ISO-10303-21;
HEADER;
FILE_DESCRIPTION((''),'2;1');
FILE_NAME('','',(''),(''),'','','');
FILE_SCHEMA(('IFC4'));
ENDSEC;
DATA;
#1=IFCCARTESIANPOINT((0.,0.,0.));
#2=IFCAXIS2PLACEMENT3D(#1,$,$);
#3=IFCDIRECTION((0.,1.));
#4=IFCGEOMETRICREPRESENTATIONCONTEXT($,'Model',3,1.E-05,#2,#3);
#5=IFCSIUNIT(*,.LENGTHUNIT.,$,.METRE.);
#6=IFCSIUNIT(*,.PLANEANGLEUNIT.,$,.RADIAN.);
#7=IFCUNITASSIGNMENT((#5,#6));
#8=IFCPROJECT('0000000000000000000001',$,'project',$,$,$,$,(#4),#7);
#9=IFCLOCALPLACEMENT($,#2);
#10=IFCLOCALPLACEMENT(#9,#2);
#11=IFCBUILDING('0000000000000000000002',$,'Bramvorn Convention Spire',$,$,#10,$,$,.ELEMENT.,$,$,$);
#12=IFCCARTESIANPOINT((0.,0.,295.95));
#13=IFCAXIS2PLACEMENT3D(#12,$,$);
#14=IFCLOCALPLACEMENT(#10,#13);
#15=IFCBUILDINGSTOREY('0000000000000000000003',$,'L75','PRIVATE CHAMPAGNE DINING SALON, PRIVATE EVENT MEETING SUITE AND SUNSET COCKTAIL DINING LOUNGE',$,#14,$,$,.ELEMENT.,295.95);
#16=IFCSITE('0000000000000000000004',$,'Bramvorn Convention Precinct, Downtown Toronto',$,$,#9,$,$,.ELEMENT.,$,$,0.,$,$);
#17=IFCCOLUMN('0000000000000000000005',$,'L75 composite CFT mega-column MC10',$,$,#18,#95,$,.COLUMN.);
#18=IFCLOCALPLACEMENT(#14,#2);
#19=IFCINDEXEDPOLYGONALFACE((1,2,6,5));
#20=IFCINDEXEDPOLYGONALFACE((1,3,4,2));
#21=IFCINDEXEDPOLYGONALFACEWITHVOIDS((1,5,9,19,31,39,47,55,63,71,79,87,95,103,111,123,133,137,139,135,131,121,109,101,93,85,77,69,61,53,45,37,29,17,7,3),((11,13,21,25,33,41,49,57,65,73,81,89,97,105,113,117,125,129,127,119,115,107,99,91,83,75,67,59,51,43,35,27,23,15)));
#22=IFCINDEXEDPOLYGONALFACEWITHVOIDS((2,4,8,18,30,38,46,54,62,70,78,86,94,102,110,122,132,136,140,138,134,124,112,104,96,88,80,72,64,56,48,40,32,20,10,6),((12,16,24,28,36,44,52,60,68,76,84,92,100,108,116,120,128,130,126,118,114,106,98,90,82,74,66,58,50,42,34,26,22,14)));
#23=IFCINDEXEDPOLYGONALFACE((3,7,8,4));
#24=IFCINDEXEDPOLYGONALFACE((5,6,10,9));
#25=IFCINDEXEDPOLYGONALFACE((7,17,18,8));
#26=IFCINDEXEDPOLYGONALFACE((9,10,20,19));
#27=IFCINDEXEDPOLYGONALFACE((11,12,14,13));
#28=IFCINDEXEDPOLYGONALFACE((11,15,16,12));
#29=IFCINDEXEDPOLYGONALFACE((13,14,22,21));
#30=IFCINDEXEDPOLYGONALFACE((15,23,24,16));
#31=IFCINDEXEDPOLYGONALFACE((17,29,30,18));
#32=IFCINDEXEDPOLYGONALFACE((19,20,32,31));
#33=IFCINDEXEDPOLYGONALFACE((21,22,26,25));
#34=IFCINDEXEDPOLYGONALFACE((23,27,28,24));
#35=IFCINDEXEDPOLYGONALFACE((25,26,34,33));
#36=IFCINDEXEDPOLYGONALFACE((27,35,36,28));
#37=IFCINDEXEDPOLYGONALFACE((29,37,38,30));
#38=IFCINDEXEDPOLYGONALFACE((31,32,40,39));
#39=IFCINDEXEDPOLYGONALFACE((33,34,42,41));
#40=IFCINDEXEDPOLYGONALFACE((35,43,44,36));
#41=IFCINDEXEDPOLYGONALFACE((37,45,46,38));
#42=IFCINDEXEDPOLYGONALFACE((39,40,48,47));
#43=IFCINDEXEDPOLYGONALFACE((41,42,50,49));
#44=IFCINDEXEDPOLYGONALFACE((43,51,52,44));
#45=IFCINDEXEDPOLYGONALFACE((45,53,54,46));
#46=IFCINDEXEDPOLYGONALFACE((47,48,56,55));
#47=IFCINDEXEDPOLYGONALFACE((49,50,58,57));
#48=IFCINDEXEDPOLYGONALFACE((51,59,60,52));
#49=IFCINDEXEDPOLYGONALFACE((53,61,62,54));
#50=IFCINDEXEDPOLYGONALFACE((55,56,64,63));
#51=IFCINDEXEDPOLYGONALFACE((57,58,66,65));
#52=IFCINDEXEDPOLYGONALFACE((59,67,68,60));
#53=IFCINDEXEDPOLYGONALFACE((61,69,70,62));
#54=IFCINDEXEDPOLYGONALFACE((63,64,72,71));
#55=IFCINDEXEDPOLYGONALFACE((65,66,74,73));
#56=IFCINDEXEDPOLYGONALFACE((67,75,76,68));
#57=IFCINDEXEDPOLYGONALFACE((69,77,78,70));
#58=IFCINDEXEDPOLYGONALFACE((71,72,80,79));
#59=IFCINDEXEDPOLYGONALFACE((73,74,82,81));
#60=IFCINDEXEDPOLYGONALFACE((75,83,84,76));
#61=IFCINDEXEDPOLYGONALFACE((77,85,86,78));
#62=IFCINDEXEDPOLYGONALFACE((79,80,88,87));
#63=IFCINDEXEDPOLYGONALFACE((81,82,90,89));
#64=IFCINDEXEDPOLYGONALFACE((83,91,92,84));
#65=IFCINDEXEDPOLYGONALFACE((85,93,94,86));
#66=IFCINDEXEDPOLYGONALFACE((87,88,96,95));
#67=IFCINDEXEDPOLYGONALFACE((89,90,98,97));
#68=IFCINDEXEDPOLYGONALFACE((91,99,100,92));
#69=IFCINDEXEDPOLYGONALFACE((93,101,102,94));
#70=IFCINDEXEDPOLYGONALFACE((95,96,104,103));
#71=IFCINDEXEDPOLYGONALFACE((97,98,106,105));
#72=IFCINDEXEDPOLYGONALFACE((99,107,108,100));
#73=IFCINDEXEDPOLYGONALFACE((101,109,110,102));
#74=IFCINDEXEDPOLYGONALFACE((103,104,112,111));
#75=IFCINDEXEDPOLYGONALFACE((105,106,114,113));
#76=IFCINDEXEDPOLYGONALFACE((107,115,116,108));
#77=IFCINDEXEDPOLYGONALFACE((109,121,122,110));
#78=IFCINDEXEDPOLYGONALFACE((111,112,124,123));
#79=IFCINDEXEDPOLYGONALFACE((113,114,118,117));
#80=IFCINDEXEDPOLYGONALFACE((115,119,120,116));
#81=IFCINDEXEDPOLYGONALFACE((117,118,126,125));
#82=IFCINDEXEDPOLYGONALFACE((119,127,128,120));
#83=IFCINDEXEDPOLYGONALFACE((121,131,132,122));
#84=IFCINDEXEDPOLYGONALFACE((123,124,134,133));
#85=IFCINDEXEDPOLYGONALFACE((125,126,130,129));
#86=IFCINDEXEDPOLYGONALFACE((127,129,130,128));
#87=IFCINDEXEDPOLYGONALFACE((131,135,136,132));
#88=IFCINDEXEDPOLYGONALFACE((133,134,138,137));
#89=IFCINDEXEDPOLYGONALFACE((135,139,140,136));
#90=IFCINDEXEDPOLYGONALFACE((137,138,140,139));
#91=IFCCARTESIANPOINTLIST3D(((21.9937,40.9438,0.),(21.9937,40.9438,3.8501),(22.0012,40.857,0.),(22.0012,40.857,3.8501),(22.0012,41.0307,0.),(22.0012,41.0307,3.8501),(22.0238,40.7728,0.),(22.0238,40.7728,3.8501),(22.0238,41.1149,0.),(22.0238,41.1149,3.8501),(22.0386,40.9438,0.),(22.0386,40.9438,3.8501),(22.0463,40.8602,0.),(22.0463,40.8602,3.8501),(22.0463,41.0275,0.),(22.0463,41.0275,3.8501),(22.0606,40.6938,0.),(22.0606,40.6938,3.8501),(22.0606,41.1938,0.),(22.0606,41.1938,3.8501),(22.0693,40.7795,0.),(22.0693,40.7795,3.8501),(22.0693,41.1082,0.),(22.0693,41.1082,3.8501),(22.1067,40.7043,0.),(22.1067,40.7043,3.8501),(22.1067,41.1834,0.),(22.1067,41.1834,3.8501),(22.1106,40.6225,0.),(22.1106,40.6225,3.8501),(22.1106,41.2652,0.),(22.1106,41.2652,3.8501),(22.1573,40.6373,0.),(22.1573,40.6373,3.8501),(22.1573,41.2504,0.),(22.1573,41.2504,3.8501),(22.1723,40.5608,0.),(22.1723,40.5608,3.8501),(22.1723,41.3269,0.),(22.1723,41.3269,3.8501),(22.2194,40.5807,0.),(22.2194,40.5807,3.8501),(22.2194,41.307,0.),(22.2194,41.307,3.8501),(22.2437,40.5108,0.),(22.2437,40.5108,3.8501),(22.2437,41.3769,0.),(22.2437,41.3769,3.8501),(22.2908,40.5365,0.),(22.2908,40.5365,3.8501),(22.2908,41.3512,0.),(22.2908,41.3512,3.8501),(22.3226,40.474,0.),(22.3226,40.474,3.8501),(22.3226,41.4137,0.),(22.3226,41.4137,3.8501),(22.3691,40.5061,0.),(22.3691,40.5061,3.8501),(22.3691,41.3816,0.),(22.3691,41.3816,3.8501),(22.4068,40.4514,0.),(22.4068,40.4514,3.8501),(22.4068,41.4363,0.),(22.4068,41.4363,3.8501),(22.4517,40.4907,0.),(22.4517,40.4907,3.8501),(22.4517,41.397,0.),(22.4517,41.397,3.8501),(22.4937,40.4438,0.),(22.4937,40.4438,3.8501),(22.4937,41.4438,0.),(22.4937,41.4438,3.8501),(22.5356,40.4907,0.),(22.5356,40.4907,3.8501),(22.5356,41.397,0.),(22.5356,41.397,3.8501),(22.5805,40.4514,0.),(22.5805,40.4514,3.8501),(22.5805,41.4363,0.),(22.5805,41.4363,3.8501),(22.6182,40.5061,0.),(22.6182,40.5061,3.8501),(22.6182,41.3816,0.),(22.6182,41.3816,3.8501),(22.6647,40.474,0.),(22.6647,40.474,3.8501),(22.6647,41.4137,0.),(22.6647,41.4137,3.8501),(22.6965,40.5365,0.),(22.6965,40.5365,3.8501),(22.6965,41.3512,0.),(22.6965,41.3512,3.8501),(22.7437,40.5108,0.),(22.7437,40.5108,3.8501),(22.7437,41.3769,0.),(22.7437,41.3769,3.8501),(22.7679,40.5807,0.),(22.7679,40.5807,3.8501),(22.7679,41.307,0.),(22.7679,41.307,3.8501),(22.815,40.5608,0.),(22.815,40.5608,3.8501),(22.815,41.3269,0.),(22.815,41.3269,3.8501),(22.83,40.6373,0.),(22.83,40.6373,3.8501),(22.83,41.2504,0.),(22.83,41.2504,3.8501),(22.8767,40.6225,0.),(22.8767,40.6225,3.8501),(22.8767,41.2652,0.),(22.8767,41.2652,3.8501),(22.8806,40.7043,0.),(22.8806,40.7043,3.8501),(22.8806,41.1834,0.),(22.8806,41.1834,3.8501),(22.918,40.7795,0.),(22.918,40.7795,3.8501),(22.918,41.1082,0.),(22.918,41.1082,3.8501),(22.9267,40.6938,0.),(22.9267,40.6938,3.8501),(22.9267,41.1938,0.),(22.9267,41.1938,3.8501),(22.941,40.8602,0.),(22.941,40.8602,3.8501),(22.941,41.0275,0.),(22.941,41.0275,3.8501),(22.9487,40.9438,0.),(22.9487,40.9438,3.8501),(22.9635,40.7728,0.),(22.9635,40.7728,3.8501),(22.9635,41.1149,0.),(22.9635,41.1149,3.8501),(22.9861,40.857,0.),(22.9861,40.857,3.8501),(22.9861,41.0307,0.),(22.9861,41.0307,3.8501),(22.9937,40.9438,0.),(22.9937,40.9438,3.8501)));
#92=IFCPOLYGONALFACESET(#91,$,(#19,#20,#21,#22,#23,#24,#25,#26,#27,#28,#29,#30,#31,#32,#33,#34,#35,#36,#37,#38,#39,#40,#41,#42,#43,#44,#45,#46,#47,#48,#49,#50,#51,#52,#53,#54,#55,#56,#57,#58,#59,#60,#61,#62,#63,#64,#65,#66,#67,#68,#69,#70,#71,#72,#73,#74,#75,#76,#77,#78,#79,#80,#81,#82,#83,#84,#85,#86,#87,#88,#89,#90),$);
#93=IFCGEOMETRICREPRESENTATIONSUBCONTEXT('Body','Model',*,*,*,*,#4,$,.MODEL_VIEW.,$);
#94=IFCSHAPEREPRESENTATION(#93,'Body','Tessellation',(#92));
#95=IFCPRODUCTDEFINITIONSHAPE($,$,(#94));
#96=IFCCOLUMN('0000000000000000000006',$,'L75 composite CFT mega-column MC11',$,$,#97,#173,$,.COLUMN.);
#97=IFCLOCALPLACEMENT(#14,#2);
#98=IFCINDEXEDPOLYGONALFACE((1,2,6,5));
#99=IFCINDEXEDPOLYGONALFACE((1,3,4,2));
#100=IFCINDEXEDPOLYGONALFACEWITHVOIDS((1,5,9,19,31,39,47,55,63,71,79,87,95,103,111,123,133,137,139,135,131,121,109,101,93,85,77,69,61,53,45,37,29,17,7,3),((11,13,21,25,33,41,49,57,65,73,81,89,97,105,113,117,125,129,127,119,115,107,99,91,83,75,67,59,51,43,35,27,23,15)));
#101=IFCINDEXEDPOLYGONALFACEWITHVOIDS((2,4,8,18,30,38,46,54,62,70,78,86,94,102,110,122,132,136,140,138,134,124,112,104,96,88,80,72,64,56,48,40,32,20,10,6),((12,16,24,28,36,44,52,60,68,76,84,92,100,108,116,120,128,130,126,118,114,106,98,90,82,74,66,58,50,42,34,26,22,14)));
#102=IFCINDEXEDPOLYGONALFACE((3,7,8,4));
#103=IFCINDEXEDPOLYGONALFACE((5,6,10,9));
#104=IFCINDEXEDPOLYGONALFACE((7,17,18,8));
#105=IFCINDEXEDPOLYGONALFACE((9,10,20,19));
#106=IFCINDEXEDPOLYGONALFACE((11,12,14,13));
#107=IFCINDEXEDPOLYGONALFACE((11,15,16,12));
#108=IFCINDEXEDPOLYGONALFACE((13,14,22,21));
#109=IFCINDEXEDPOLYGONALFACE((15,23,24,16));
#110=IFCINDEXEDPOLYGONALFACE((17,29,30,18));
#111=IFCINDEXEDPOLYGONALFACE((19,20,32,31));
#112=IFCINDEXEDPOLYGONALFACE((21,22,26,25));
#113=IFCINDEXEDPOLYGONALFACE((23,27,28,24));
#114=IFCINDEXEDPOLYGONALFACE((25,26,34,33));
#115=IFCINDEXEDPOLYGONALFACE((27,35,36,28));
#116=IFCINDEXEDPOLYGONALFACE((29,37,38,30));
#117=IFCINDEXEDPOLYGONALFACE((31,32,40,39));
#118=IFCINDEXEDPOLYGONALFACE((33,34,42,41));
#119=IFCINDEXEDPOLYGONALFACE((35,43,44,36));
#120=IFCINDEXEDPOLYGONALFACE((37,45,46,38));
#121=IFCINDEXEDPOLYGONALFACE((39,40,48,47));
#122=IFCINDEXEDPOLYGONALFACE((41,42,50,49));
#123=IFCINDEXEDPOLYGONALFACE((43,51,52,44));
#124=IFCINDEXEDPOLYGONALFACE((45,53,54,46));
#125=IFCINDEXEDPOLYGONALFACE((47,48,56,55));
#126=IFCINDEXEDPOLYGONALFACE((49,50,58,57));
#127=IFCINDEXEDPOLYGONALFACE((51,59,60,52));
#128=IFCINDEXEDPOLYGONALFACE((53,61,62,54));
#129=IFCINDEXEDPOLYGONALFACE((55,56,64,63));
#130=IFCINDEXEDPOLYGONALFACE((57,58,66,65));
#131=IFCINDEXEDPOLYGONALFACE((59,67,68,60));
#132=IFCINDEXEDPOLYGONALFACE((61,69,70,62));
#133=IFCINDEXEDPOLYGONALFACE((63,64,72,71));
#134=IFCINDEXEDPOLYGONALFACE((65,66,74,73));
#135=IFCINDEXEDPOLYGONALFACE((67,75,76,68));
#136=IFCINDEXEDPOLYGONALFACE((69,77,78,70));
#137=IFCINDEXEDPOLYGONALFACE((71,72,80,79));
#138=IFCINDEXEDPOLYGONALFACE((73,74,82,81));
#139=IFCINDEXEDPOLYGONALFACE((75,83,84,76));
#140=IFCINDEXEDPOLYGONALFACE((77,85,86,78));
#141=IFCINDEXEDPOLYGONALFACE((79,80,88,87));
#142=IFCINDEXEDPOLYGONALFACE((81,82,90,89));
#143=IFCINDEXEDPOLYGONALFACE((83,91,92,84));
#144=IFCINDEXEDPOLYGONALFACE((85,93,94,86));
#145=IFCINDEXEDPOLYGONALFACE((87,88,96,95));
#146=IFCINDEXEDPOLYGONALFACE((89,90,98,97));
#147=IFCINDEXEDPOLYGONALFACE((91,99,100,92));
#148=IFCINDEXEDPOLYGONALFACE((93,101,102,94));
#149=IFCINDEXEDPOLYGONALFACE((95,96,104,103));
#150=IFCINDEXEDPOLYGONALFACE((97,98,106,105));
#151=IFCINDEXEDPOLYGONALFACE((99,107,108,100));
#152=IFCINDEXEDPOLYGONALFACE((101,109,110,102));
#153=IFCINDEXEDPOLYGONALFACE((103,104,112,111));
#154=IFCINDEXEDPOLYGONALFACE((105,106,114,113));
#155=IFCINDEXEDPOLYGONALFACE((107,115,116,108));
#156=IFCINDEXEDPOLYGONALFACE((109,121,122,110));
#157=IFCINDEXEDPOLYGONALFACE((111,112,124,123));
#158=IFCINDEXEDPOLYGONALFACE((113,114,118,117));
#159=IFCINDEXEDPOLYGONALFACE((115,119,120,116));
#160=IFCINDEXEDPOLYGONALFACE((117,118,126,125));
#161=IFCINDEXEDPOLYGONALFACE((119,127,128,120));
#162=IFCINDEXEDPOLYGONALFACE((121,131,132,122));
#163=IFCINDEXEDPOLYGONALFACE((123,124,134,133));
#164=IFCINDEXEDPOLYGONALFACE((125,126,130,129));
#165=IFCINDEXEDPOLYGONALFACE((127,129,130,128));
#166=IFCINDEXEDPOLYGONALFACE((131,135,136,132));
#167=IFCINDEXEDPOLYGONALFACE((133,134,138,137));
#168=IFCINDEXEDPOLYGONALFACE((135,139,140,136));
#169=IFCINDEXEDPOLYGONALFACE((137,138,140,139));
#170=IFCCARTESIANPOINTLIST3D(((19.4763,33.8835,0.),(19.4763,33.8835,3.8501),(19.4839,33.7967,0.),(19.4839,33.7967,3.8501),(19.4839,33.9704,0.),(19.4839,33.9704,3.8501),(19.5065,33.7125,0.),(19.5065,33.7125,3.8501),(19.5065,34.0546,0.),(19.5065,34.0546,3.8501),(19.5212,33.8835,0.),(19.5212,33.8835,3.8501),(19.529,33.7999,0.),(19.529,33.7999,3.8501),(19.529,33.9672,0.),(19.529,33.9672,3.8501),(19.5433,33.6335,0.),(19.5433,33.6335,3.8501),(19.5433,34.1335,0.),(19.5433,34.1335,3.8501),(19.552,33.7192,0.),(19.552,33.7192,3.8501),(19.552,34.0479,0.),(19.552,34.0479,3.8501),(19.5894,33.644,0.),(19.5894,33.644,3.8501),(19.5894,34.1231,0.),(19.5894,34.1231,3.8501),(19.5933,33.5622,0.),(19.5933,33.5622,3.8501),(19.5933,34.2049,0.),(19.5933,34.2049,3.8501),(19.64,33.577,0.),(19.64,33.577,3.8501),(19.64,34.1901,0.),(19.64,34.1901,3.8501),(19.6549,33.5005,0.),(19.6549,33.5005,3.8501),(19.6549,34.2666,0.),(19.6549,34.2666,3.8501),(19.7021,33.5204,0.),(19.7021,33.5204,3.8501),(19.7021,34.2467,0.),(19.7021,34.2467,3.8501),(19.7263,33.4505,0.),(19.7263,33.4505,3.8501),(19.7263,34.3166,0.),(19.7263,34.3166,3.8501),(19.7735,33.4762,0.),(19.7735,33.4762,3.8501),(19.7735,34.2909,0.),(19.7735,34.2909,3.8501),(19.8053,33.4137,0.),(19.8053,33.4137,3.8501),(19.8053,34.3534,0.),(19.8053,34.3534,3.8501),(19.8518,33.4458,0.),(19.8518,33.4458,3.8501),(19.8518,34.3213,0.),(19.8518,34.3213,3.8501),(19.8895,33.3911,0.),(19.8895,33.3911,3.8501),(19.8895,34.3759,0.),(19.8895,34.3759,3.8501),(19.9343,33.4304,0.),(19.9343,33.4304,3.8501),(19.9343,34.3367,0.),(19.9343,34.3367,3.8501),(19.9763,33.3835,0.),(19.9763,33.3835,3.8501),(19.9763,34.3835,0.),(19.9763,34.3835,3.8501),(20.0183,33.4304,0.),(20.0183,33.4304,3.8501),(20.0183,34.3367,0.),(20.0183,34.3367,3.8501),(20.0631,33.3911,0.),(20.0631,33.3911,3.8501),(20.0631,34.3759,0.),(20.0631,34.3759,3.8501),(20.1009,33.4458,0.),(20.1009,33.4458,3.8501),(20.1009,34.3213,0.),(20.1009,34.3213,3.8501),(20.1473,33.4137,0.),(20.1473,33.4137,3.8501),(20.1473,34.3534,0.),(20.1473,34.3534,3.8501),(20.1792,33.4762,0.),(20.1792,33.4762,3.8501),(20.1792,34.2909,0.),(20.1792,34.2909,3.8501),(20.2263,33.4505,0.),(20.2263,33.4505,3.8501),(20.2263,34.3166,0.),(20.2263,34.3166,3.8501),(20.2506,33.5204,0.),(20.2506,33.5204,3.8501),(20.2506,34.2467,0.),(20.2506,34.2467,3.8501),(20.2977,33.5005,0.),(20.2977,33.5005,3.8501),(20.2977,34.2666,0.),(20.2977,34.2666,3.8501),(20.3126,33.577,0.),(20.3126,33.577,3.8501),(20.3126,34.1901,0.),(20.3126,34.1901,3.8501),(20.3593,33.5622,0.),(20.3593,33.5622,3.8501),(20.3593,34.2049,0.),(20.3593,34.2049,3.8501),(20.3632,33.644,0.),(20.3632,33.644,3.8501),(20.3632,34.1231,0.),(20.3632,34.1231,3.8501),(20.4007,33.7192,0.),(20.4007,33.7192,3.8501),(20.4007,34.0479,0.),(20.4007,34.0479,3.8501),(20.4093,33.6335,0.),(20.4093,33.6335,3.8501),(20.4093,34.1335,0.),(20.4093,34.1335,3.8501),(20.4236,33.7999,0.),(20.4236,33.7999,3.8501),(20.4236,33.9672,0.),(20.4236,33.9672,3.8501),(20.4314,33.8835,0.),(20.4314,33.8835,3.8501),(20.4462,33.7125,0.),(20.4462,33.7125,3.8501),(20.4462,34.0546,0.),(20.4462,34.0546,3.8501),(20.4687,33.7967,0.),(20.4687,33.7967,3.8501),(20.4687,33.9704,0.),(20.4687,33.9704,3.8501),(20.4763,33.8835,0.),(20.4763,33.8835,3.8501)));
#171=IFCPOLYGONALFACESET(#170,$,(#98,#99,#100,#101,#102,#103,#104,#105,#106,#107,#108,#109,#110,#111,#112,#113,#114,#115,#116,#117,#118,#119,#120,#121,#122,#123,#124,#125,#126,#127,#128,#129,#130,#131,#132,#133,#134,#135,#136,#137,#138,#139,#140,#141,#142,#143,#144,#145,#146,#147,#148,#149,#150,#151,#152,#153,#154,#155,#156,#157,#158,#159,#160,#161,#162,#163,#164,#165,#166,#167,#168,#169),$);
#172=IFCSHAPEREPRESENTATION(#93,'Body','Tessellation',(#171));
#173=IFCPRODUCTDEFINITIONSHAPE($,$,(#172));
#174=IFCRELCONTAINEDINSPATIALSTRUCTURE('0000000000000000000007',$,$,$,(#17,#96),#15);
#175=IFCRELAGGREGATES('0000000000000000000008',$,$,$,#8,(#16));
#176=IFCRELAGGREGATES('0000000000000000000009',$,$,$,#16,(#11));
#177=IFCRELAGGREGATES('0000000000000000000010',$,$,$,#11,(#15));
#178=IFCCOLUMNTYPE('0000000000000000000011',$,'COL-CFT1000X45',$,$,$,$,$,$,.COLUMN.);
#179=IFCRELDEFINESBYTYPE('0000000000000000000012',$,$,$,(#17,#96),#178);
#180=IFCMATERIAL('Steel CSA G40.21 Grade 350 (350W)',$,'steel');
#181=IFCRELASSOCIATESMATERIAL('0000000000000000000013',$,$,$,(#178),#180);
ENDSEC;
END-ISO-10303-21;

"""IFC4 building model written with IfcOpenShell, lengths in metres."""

from ifc_helpers import new_model, si_unit, direction, frame, origin, origin_2d, place, context, subcontext, project, spatial, hollow_circle, extrude, material, material_profile, profile_set, type_object, element, save


model = new_model("IFC4")

# Units and contexts
model_context = context("Model", 3, precision=1e-05, world=origin(), true_north=direction((0.0, 1.0)))
body_context = subcontext(model_context, "Body", "Model", "MODEL_VIEW")
ifc_project = project(units=[si_unit("LENGTHUNIT", "METRE"), si_unit("PLANEANGLEUNIT", "RADIAN")], contexts=[model_context])

# Site, building, storey
site_placement = place(None, origin())
site = spatial("IfcSite", under=ifc_project, at=site_placement, Name="Bramvorn Convention Precinct, Downtown Toronto", CompositionType="ELEMENT", RefElevation=0.0)
building_placement = place(site_placement, origin())
building = spatial("IfcBuilding", under=site, at=building_placement, Name="Bramvorn Convention Spire", CompositionType="ELEMENT")
storey_placement = place(building_placement, frame((0.0, 0.0, 295.95)))
storey = spatial("IfcBuildingStorey", under=building, at=storey_placement, Name="L75", Description="PRIVATE CHAMPAGNE DINING SALON, PRIVATE EVENT MEETING SUITE AND SUNSET COCKTAIL DINING LOUNGE", CompositionType="ELEMENT", Elevation=295.95)

# Columns
ifc_material_1 = material(Name="Steel CSA G40.21 Grade 350 (350W)", Category="steel")
ifc_material_profile_1 = material_profile(ifc_material_1, hollow_circle(Radius=0.5, WallThickness=0.0449, at=origin_2d()))
ifc_profile_set_1 = profile_set([ifc_material_profile_1], Name="Steel CSA G40.21 Grade 350 (350W) - CFT1000X45")
column_type = type_object("IfcColumnType", Name="COL-CFT1000X45", PredefinedType="COLUMN", material=ifc_profile_set_1)
for number, where, z_axis, x_axis, name in (
    (1, (22.4937, 40.9438, 0.0), (0.0, 0.0, 1.0), (1.0, 0.0, 0.0), "L75 composite CFT mega-column MC10"),
    (2, (19.9763, 33.8835, 0.0), (0.0, 0.0, 1.0), (1.0, 0.0, 0.0), "L75 composite CFT mega-column MC11"),
):
    element("IfcColumn", number, at=place(storey_placement, frame(where, z_axis=z_axis, x_axis=x_axis)), inside=storey, type_object=column_type, Name=name, PredefinedType="COLUMN", context=body_context, shape_type="SweptSolid", body=[
        extrude(hollow_circle(Radius=0.5, WallThickness=0.0449, at=origin_2d()), origin(), (0.0, 0.0, 1.0), 3.8501),
    ])

save(model, "model.ifc")
